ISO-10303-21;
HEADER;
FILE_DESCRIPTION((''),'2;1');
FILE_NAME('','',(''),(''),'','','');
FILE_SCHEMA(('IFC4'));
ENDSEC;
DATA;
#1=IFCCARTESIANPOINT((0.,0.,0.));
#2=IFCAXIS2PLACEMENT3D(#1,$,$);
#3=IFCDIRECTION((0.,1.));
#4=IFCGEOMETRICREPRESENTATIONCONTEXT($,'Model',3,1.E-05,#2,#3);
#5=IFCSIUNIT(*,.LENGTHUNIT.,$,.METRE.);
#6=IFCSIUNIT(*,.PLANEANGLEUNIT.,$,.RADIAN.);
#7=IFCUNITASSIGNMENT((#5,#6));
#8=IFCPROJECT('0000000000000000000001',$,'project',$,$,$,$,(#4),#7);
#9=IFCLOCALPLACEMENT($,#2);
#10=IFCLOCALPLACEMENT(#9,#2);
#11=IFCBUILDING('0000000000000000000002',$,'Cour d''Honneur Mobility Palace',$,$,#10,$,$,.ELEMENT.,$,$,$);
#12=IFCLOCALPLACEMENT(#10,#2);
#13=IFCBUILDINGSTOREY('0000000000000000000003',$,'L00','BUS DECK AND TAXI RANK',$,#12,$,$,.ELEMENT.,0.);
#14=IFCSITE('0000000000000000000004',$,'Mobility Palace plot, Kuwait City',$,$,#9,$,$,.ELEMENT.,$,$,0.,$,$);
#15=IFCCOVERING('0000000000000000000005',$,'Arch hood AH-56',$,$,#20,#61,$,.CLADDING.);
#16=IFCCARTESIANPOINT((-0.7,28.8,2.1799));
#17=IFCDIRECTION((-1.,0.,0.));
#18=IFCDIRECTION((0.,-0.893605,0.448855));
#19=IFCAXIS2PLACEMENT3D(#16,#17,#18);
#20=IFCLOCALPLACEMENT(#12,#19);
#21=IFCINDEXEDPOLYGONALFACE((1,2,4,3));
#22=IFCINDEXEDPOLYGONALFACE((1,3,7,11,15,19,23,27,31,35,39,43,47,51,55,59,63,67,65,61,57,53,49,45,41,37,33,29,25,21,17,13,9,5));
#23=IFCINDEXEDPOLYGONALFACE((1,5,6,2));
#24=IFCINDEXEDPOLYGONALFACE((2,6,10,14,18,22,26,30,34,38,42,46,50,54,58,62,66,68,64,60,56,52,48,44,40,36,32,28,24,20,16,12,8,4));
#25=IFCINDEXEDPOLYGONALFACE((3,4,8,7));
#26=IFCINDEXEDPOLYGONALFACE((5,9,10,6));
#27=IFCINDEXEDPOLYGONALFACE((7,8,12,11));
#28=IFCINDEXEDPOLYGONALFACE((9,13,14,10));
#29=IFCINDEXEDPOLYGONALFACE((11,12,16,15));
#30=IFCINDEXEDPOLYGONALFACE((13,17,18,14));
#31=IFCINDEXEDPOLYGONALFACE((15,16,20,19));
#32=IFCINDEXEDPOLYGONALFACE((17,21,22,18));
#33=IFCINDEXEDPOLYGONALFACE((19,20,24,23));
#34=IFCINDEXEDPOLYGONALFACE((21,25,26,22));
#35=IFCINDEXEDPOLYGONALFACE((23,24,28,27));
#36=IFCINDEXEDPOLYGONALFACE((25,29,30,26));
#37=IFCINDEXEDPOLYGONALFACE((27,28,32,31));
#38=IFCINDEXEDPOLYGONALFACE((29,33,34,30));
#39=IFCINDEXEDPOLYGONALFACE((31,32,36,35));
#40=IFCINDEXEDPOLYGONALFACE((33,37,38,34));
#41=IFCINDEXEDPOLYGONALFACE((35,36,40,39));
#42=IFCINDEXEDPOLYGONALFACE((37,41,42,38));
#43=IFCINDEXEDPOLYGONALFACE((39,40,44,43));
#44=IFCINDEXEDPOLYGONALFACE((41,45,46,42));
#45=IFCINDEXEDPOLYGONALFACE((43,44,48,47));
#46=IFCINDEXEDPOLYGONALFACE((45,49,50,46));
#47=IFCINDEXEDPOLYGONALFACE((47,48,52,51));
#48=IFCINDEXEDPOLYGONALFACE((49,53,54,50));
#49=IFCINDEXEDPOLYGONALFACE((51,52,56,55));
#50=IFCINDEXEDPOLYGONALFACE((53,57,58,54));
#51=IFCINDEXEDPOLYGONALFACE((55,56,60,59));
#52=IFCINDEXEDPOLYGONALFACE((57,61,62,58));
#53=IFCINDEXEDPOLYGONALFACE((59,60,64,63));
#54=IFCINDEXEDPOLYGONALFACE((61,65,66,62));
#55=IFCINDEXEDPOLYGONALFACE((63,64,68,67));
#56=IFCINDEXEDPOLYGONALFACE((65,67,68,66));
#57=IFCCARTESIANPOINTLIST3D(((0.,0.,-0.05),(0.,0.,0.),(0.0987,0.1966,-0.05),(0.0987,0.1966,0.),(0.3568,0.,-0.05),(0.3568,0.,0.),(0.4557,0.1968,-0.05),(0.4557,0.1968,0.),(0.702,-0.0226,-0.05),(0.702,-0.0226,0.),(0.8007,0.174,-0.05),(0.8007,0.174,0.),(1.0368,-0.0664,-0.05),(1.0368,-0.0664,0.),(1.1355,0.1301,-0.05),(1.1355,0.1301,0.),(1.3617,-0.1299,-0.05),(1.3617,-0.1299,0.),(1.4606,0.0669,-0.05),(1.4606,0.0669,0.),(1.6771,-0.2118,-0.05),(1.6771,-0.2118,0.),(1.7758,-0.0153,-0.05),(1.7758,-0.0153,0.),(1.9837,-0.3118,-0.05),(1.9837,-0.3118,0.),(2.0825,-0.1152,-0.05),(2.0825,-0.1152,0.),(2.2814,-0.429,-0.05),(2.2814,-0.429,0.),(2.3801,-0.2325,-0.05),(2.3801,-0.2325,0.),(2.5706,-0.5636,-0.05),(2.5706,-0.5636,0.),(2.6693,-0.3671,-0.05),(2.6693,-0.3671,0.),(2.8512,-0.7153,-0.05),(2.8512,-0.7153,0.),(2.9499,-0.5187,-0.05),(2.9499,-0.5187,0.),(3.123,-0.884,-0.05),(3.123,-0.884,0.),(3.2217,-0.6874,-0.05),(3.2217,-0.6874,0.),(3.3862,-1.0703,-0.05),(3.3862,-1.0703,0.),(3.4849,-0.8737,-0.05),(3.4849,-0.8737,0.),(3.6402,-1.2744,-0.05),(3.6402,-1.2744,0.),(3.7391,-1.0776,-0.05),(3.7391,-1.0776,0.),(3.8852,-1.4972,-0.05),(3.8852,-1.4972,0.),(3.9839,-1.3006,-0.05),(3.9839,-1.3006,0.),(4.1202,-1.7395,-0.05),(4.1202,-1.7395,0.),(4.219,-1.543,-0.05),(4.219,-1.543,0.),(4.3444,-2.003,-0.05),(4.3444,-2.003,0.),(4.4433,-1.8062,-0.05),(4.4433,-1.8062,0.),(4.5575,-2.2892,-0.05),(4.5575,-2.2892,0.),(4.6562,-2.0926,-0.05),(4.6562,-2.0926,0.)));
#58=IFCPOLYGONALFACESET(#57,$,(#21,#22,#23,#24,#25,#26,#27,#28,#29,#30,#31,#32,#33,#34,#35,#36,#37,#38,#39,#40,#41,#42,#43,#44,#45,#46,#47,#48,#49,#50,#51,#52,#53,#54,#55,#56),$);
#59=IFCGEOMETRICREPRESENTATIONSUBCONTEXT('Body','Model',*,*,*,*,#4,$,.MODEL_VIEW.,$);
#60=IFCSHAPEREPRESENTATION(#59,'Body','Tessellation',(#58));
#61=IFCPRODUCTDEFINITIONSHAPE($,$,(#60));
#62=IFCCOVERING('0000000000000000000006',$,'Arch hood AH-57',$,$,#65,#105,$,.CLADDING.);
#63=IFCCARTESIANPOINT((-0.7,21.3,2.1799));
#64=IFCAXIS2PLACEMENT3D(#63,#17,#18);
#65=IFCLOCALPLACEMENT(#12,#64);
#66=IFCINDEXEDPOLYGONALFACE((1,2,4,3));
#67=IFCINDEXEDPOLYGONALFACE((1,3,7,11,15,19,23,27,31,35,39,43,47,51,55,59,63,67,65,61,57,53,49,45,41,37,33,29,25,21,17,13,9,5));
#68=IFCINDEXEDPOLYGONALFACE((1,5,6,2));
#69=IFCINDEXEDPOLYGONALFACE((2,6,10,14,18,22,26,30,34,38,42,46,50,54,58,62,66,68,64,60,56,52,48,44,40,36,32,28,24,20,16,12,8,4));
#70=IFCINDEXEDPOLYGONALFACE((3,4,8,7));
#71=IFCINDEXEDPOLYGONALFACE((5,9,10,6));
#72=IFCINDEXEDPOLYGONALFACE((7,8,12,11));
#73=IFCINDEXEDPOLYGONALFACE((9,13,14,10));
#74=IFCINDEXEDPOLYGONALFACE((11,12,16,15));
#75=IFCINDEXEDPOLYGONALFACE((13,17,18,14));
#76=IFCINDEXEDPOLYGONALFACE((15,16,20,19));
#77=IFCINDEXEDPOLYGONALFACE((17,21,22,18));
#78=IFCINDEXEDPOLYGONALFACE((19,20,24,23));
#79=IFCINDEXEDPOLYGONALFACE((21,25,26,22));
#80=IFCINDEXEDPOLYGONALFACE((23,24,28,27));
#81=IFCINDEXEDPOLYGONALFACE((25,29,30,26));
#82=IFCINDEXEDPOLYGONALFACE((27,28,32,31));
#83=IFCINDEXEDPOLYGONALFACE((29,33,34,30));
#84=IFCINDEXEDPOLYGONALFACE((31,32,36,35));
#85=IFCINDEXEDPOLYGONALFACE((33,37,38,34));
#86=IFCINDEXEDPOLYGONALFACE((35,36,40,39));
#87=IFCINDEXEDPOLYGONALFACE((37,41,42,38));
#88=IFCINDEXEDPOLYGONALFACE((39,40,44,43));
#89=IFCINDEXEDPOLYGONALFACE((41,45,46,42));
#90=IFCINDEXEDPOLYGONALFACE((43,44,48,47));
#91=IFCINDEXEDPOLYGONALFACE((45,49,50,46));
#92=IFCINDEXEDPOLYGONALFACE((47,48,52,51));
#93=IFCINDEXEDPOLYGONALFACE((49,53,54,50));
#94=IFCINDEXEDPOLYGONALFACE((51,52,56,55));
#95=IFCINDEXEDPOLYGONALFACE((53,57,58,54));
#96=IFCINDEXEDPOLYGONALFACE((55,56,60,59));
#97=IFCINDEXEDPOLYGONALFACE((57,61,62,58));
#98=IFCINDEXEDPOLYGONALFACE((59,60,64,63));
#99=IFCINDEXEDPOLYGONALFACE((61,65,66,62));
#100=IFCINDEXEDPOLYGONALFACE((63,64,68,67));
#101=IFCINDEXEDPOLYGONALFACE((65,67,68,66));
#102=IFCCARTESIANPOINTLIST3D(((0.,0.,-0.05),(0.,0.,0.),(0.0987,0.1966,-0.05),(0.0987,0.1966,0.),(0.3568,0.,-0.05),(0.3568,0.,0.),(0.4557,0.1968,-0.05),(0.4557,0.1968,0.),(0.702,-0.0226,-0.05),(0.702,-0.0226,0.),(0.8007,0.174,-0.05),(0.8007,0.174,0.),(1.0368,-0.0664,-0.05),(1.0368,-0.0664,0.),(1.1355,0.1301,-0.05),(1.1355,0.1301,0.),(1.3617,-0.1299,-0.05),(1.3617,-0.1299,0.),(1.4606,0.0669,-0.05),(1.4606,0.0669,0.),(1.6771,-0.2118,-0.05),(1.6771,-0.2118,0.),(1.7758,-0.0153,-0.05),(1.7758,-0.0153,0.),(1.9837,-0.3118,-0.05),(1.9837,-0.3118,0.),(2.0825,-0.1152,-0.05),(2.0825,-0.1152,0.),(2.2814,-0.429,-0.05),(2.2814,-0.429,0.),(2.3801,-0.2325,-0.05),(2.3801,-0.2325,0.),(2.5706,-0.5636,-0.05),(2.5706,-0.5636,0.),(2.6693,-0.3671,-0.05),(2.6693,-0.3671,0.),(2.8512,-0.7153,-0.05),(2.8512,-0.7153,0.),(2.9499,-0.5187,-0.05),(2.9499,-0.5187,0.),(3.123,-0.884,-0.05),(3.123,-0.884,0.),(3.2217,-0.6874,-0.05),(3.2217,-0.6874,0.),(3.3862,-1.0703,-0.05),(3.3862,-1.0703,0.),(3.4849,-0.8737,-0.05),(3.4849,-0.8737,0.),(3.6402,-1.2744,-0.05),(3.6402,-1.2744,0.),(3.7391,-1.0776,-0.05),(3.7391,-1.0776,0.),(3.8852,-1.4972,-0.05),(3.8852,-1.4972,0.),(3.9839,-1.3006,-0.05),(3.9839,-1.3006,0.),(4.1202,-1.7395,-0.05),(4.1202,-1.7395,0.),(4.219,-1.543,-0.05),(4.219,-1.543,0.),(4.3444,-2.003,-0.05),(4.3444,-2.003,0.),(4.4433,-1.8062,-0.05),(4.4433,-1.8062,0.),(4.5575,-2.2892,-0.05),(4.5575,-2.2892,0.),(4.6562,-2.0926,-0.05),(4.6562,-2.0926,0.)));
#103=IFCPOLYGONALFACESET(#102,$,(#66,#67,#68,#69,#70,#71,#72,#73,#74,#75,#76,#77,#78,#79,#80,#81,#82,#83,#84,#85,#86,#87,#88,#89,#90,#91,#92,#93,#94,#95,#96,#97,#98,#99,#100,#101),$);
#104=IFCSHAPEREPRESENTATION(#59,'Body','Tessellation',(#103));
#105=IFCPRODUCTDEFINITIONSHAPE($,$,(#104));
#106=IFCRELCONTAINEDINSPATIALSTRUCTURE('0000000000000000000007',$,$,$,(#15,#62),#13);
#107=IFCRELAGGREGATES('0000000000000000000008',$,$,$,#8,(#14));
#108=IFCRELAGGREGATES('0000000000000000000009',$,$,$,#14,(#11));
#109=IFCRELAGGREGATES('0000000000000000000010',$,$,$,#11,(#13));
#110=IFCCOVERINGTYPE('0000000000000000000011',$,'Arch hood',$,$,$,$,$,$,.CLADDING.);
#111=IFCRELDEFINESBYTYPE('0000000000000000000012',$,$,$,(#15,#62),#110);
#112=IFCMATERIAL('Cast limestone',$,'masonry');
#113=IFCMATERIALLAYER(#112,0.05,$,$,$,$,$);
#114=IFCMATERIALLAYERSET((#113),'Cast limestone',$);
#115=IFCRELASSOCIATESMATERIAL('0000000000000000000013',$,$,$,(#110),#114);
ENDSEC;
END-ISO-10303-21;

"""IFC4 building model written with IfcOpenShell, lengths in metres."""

from ifc_helpers import new_model, si_unit, direction, frame, origin, place, context, subcontext, project, spatial, polyline, outline, extrude, material, layer, layer_set, type_object, element, save


model = new_model("IFC4")

# Units and contexts
model_context = context("Model", 3, precision=1e-05, world=origin(), true_north=direction((0.0, 1.0)))
body_context = subcontext(model_context, "Body", "Model", "MODEL_VIEW")
ifc_project = project(units=[si_unit("LENGTHUNIT", "METRE"), si_unit("PLANEANGLEUNIT", "RADIAN")], contexts=[model_context])

# Site, building, storey
site_placement = place(None, origin())
site = spatial("IfcSite", under=ifc_project, at=site_placement, Name="Mobility Palace plot, Kuwait City", CompositionType="ELEMENT", RefElevation=0.0)
building_placement = place(site_placement, origin())
building = spatial("IfcBuilding", under=site, at=building_placement, Name="Cour d'Honneur Mobility Palace", CompositionType="ELEMENT")
storey_placement = place(building_placement, origin())
storey = spatial("IfcBuildingStorey", under=building, at=storey_placement, Name="L00", Description="BUS DECK AND TAXI RANK", CompositionType="ELEMENT", Elevation=0.0)

# Coverings
ifc_material_1 = material(Name="Cast limestone", Category="masonry")
ifc_layer_1 = layer(ifc_material_1, 0.05)
ifc_layer_set_1 = layer_set([ifc_layer_1], Name="Cast limestone")
covering_type_1 = type_object("IfcCoveringType", Name="Arch hood", PredefinedType="CLADDING", material=ifc_layer_set_1)
for number, where, z_axis, x_axis, name in (
    (1, (-0.7, 28.8, 2.1799), (-1.0, 0.0, 0.0), (0.0, -0.893605, 0.448855), "Arch hood AH-56"),
    (2, (-0.7, 21.3, 2.1799), (-1.0, 0.0, 0.0), (0.0, -0.893605, 0.448855), "Arch hood AH-57"),
):
    element("IfcCovering", number, at=place(storey_placement, frame(where, z_axis=z_axis, x_axis=x_axis)), inside=storey, type_object=covering_type_1, Name=name, PredefinedType="CLADDING", context=body_context, shape_type="SweptSolid", body=[
        extrude(outline(polyline([(0.0, 0.0), (0.3568, 0.0), (0.702, -0.0226), (1.0368, -0.0664), (1.3617, -0.1299), (1.6771, -0.2118), (1.9837, -0.3118), (2.2814, -0.429), (2.5706, -0.5636), (2.8512, -0.7153), (3.123, -0.884), (3.3862, -1.0703), (3.6402, -1.2744), (3.8852, -1.4972), (4.1202, -1.7395), (4.3444, -2.003), (4.5575, -2.2892), (4.6562, -2.0926), (4.4433, -1.8062), (4.219, -1.543), (3.9839, -1.3006), (3.7391, -1.0776), (3.4849, -0.8737), (3.2217, -0.6874), (2.9499, -0.5187), (2.6693, -0.3671), (2.3801, -0.2325), (2.0825, -0.1152), (1.7758, -0.0153), (1.4606, 0.0669), (1.1355, 0.1301), (0.8007, 0.174), (0.4557, 0.1968), (0.0987, 0.1966), (0.0, 0.0)])), origin(), (0.0, 0.0, -1.0), 0.05),
    ])

save(model, "model.ifc")
